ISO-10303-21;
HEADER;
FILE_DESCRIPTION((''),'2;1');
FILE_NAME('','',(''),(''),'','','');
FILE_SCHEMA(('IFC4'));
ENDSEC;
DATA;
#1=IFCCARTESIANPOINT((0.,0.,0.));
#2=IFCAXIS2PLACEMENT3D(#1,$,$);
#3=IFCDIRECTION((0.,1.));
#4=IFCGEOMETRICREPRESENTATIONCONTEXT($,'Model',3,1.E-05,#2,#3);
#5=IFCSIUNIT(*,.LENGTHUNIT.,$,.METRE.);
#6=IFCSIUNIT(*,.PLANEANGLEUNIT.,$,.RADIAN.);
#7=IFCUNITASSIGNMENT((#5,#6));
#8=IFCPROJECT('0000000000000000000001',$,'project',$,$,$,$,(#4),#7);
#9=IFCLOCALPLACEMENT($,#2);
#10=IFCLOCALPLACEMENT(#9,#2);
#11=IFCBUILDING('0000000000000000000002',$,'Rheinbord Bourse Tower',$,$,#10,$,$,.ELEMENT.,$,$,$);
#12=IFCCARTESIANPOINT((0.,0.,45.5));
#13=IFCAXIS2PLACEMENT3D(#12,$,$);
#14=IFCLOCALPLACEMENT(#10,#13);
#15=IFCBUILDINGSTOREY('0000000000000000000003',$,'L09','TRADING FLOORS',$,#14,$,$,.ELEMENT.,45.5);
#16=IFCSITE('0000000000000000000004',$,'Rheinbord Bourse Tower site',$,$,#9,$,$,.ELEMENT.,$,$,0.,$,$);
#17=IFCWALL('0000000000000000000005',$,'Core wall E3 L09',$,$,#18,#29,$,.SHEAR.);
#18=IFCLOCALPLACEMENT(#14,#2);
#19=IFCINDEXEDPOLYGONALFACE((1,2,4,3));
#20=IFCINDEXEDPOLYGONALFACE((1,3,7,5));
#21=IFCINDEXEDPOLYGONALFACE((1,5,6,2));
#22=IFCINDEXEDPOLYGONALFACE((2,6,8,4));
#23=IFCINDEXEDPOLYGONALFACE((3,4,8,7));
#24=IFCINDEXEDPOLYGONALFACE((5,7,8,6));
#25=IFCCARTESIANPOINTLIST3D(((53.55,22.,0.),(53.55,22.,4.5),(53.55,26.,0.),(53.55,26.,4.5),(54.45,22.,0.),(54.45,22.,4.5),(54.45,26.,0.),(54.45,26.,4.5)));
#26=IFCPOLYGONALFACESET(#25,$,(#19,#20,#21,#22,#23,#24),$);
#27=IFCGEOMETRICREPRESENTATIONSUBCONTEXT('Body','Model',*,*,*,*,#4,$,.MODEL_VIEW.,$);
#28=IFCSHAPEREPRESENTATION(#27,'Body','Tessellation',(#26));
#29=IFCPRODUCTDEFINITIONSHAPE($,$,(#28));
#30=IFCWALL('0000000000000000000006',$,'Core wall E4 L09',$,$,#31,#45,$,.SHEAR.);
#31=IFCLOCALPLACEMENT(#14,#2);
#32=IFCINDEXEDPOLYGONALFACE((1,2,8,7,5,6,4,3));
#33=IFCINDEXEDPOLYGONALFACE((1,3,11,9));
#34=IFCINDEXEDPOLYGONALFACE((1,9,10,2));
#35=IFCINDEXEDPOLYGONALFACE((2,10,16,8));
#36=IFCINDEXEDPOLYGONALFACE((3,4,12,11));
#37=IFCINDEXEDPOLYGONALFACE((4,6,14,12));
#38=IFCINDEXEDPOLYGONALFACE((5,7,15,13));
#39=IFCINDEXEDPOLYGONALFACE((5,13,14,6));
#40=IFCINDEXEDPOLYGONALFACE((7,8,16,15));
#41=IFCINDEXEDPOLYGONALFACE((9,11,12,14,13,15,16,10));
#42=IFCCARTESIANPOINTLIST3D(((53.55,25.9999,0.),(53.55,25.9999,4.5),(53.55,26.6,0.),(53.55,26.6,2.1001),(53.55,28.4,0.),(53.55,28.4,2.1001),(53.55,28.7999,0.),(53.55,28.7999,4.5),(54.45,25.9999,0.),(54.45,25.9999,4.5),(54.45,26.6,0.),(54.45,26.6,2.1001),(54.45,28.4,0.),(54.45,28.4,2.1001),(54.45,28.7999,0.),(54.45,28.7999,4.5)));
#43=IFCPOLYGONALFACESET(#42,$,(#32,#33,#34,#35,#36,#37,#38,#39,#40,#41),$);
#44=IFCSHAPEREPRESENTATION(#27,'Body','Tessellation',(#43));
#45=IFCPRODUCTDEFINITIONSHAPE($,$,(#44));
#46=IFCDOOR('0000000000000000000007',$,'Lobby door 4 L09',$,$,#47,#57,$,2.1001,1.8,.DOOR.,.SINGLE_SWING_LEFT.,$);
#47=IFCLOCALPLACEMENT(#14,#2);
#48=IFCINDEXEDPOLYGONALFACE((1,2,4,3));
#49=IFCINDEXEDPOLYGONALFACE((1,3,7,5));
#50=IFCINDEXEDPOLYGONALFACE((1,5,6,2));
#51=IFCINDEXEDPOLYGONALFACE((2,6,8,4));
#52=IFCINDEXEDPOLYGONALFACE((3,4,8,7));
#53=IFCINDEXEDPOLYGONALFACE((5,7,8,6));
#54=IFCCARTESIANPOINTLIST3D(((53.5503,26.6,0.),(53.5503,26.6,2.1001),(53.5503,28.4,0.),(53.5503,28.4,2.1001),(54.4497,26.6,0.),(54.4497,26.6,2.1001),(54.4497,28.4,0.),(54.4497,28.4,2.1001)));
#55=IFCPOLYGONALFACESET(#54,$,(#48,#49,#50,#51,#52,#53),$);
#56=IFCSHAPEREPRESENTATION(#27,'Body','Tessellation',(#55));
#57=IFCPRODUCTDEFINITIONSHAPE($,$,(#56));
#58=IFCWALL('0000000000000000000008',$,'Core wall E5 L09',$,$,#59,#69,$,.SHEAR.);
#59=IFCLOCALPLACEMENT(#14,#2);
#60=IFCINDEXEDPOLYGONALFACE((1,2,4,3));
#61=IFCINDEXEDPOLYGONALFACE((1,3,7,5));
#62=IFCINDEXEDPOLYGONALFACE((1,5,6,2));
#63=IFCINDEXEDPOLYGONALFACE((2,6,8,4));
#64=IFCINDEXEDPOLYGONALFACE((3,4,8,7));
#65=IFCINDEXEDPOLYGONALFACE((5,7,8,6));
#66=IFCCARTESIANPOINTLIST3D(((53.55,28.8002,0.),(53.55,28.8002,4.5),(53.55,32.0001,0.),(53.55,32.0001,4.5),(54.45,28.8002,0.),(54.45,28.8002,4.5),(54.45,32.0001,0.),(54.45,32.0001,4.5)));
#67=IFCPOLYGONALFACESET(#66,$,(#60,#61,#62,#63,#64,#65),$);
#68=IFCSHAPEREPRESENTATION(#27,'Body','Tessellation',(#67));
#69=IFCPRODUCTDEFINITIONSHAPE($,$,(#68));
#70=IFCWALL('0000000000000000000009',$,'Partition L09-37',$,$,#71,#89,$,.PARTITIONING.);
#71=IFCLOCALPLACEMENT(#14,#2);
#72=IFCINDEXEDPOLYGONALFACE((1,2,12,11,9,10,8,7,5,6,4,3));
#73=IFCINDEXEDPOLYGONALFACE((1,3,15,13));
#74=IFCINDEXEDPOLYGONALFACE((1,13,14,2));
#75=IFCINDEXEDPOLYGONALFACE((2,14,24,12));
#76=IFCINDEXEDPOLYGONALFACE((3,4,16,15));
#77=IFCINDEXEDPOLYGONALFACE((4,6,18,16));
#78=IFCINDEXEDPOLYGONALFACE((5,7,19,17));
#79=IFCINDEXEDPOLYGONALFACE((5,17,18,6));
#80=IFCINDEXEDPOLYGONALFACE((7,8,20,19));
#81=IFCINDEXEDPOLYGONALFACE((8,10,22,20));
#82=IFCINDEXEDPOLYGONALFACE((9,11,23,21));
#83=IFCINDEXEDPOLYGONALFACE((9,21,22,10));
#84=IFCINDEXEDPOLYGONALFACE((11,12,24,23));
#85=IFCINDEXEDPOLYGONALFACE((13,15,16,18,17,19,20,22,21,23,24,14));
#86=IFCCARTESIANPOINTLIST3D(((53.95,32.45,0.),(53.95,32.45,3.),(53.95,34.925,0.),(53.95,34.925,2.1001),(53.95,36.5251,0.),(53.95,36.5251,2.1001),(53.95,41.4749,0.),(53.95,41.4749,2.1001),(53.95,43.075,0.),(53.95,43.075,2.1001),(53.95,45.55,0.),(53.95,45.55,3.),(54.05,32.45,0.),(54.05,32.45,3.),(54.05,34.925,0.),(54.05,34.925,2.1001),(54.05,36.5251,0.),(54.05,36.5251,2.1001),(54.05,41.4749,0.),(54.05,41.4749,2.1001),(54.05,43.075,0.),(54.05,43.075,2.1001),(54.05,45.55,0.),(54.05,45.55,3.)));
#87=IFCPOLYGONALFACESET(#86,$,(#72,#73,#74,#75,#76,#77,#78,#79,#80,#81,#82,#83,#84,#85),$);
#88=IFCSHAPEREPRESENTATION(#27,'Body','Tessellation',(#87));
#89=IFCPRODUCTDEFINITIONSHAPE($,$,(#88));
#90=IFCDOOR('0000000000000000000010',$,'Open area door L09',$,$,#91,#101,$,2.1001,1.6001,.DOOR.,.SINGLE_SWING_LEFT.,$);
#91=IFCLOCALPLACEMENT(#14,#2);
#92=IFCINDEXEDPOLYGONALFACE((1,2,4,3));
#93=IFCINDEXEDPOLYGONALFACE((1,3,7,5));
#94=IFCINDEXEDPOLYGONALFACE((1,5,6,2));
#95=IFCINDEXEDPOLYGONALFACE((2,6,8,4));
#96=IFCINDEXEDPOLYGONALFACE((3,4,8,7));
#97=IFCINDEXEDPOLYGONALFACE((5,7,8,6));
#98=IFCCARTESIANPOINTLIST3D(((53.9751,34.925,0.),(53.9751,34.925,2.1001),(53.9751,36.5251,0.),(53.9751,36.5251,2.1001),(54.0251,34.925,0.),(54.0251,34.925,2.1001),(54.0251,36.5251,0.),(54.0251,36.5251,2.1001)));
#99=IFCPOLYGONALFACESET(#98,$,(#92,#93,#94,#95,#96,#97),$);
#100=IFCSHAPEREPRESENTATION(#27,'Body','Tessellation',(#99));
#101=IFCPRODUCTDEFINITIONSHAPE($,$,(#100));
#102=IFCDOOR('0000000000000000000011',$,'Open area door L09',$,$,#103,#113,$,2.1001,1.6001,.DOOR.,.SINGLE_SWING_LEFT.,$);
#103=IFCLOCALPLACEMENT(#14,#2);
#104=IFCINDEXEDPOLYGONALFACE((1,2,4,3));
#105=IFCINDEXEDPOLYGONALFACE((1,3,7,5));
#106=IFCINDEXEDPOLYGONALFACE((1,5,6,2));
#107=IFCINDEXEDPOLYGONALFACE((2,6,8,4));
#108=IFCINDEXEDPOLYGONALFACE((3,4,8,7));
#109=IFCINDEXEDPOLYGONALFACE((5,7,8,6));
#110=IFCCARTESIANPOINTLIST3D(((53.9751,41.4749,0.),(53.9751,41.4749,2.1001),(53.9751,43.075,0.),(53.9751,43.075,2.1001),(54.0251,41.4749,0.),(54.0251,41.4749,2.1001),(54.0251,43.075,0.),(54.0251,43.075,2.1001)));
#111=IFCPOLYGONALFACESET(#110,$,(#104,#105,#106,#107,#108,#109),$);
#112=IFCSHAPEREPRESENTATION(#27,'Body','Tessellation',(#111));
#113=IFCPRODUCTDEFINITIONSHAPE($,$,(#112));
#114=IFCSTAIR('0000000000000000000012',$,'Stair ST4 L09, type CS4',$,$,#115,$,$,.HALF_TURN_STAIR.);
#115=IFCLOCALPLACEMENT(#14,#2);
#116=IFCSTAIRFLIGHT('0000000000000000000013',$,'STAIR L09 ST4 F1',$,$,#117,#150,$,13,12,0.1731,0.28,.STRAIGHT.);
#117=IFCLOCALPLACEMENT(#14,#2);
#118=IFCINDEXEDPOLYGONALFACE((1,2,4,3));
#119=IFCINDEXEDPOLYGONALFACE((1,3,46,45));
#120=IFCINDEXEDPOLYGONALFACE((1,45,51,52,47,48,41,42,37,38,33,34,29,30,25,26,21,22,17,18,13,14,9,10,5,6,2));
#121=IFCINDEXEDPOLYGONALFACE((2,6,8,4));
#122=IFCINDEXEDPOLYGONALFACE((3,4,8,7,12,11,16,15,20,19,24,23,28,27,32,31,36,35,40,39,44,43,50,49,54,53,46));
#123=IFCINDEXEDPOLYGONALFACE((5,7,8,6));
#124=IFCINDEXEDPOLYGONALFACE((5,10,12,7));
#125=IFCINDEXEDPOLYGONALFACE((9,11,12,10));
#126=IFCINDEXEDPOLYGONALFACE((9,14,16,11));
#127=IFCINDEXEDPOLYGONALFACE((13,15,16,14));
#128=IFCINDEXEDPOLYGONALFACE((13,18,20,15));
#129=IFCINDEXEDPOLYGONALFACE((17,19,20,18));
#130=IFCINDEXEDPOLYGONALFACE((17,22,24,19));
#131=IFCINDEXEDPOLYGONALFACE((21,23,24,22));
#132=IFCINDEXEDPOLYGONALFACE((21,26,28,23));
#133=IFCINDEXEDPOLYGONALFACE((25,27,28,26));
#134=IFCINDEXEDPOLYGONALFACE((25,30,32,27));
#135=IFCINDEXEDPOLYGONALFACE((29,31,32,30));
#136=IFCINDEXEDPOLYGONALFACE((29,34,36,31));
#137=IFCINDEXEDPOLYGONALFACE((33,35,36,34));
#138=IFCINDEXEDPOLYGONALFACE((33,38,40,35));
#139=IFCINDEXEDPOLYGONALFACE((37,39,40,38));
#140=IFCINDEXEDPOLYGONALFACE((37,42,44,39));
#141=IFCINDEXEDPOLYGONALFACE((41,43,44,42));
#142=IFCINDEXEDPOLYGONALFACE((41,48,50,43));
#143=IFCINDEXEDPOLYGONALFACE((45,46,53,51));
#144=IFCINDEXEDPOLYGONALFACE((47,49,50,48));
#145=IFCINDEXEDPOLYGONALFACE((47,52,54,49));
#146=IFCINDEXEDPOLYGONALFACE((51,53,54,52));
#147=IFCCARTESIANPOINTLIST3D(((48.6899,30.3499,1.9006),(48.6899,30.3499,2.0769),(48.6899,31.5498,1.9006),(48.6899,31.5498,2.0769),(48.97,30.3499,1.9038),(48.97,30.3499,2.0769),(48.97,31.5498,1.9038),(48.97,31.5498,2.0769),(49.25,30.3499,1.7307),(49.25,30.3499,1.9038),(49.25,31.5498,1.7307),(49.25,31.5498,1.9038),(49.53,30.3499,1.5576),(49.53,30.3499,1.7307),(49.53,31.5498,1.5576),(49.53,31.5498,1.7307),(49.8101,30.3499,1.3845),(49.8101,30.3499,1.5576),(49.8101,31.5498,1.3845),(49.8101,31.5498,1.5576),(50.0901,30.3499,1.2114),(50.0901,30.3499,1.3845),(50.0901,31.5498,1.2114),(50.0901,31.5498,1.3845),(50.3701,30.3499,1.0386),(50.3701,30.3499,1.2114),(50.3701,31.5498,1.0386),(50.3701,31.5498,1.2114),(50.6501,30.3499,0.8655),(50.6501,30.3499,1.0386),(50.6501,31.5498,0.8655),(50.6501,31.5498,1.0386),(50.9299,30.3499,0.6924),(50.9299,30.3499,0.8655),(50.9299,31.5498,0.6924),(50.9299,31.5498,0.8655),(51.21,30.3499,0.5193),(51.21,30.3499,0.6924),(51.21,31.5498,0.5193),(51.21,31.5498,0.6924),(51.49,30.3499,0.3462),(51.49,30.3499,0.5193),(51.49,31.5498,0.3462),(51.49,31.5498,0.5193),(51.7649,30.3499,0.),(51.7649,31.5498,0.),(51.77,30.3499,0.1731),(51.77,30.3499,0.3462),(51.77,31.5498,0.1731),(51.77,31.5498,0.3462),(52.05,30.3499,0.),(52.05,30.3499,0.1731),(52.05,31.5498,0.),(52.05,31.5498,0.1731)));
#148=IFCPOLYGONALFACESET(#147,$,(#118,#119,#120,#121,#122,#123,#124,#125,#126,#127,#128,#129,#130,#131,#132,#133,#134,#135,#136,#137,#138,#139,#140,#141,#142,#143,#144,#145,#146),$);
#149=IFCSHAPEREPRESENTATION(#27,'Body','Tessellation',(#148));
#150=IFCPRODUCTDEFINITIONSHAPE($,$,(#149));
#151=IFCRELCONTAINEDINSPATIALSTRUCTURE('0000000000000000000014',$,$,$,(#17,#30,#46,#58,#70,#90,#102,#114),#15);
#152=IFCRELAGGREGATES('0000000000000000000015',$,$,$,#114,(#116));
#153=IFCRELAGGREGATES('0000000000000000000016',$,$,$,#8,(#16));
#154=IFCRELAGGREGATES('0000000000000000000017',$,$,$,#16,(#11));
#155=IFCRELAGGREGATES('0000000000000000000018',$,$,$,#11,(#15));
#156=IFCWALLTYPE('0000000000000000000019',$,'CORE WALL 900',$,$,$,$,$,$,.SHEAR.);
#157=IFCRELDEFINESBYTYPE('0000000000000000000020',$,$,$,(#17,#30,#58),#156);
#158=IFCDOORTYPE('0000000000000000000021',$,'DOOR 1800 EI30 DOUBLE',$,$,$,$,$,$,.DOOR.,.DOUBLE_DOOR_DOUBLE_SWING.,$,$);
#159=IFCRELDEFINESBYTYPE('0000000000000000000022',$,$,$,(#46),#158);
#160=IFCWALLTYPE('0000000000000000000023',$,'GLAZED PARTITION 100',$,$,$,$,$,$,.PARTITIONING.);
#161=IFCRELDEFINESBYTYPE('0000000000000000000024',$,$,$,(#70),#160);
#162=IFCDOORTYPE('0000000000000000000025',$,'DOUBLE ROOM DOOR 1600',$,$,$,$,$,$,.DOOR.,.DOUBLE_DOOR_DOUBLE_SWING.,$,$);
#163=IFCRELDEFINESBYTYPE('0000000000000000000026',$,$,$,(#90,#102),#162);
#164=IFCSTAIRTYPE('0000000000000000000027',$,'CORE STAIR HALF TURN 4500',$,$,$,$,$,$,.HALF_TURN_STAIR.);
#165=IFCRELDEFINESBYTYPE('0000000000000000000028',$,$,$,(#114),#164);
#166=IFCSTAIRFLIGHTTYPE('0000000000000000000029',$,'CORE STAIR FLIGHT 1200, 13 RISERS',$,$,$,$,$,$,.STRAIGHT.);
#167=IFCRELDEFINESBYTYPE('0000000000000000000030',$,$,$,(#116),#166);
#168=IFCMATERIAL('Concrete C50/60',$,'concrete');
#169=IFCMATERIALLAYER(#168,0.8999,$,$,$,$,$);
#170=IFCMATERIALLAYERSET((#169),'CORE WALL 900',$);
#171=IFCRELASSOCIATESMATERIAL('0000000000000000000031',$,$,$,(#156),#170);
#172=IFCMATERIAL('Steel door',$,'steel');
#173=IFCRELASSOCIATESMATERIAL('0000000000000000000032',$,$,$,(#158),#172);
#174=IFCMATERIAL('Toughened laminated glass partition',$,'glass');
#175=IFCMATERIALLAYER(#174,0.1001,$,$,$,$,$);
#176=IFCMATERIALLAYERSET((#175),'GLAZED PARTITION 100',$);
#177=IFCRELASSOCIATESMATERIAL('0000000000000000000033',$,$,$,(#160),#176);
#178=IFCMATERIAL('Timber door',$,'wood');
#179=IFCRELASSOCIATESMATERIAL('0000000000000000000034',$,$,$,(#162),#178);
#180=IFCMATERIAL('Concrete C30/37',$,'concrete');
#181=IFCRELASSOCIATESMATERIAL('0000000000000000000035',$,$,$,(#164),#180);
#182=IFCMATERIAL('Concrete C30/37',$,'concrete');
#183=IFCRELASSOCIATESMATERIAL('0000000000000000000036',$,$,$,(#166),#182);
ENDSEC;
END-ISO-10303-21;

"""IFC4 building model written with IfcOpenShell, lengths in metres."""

from ifc_helpers import new_model, si_unit, direction, frame, frame_2d, origin, place, context, subcontext, project, spatial, polyline, rectangle, outline, extrude, material, layer, layer_set, type_object, element, fill, aggregate, save


model = new_model("IFC4")

# Units and contexts
model_context = context("Model", 3, precision=1e-05, world=origin(), true_north=direction((0.0, 1.0)))
body_context = subcontext(model_context, "Body", "Model", "MODEL_VIEW")
ifc_project = project(units=[si_unit("LENGTHUNIT", "METRE"), si_unit("PLANEANGLEUNIT", "RADIAN")], contexts=[model_context])

# Site, building, storey
site_placement = place(None, origin())
site = spatial("IfcSite", under=ifc_project, at=site_placement, Name="Rheinbord Bourse Tower site", CompositionType="ELEMENT", RefElevation=0.0)
building_placement = place(site_placement, origin())
building = spatial("IfcBuilding", under=site, at=building_placement, Name="Rheinbord Bourse Tower", CompositionType="ELEMENT")
storey_placement = place(building_placement, frame((0.0, 0.0, 45.5)))
storey = spatial("IfcBuildingStorey", under=building, at=storey_placement, Name="L09", Description="TRADING FLOORS", CompositionType="ELEMENT", Elevation=45.5)

# Wall
ifc_material_1 = material(Name="Concrete C50/60", Category="concrete")
ifc_layer_1 = layer(ifc_material_1, 0.8999)
ifc_layer_set_1 = layer_set([ifc_layer_1], Name="CORE WALL 900")
wall_type_1 = type_object("IfcWallType", Name="CORE WALL 900", PredefinedType="SHEAR", material=ifc_layer_set_1)
wall_1_placement = place(storey_placement, frame((54.0, 22.0, 0.0), z_axis=(0.0, 0.0, 1.0), x_axis=(0.0, 1.0, 0.0)))
element("IfcWall", 1, at=wall_1_placement, inside=storey, type_object=wall_type_1, Name="Core wall E3 L09", PredefinedType="SHEAR", context=body_context, shape_type="SweptSolid", body=[
    extrude(rectangle(XDim=4.0, YDim=0.8999, at=frame_2d((2.0, 0.0))), origin(), (0.0, 0.0, 1.0), 4.5),
])

# Wall, opening, door
wall_2_placement = place(storey_placement, frame((54.0, 26.0, 0.0), z_axis=(0.0, 0.0, 1.0), x_axis=(0.0, 1.0, 0.0)))
wall_2 = element("IfcWall", 2, at=wall_2_placement, inside=storey, type_object=wall_type_1, Name="Core wall E4 L09", PredefinedType="SHEAR", context=body_context, shape_type="SweptSolid", body=[
    extrude(rectangle(XDim=2.8, YDim=0.8999, at=frame_2d((1.3999, 0.0))), origin(), (0.0, 0.0, 1.0), 4.5),
])
opening_1_placement = place(wall_2_placement, frame((0.6001, 0.0, 0.0)))
opening_1 = element("IfcOpeningElement", 3, at=opening_1_placement, cuts=wall_2, PredefinedType="OPENING", context=body_context, shape_type="SweptSolid", body=[
    extrude(rectangle(XDim=1.8, YDim=2.1001, at=frame_2d((0.8999, 1.05))), frame((0.0, 0.46, 0.0), z_axis=(0.0, -1.0, 0.0), x_axis=(1.0, 0.0, 0.0)), (0.0, 0.0, 1.0), 0.9199),
])
ifc_material_2 = material(Name="Steel door", Category="steel")
door_type_1 = type_object("IfcDoorType", Name="DOOR 1800 EI30 DOUBLE", OperationType="DOUBLE_DOOR_DOUBLE_SWING", PredefinedType="DOOR", material=ifc_material_2)
door_1_placement = place(opening_1_placement, origin())
door_1 = element("IfcDoor", 4, at=door_1_placement, inside=storey, type_object=door_type_1, Name="Lobby door 4 L09", OperationType="SINGLE_SWING_LEFT", OverallHeight=2.1001, OverallWidth=1.8, PredefinedType="DOOR", context=body_context, shape_type="SweptSolid", body=[
    extrude(rectangle(XDim=1.8, YDim=2.1001, at=frame_2d((0.8999, 1.05))), frame((0.0, 0.4497, 0.0), z_axis=(0.0, -1.0, 0.0), x_axis=(1.0, 0.0, 0.0)), (0.0, 0.0, 1.0), 0.8994),
])
fill(opening_1, door_1)

# Wall
wall_3_placement = place(storey_placement, frame((54.0, 28.8, 0.0), z_axis=(0.0, 0.0, 1.0), x_axis=(0.0, 1.0, 0.0)))
element("IfcWall", 5, at=wall_3_placement, inside=storey, type_object=wall_type_1, Name="Core wall E5 L09", PredefinedType="SHEAR", context=body_context, shape_type="SweptSolid", body=[
    extrude(rectangle(XDim=3.2, YDim=0.8999, at=frame_2d((1.6001, 0.0))), origin(), (0.0, 0.0, 1.0), 4.5),
])

# Wall, openings, doors
ifc_material_3 = material(Name="Toughened laminated glass partition", Category="glass")
ifc_layer_2 = layer(ifc_material_3, 0.1001)
ifc_layer_set_2 = layer_set([ifc_layer_2], Name="GLAZED PARTITION 100")
wall_type_2 = type_object("IfcWallType", Name="GLAZED PARTITION 100", PredefinedType="PARTITIONING", material=ifc_layer_set_2)
wall_4_placement = place(storey_placement, frame((54.0, 32.45, 0.0), z_axis=(0.0, 0.0, 1.0), x_axis=(0.0, 1.0, 0.0)))
wall_4 = element("IfcWall", 6, at=wall_4_placement, inside=storey, type_object=wall_type_2, Name="Partition L09-37", PredefinedType="PARTITIONING", context=body_context, shape_type="SweptSolid", body=[
    extrude(rectangle(XDim=13.1001, YDim=0.1001, at=frame_2d((6.55, 0.0))), origin(), (0.0, 0.0, 1.0), 3.0),
])
opening_2_placement = place(wall_4_placement, frame((2.4751, 0.0, 0.0)))
opening_2 = element("IfcOpeningElement", 7, at=opening_2_placement, cuts=wall_4, PredefinedType="OPENING", context=body_context, shape_type="SweptSolid", body=[
    extrude(rectangle(XDim=1.6001, YDim=2.1001, at=frame_2d((0.8, 1.05))), frame((0.0, 0.0601, 0.0), z_axis=(0.0, -1.0, 0.0), x_axis=(1.0, 0.0, 0.0)), (0.0, 0.0, 1.0), 0.1201),
])
opening_3_placement = place(wall_4_placement, frame((9.0249, 0.0, 0.0)))
opening_3 = element("IfcOpeningElement", 8, at=opening_3_placement, cuts=wall_4, PredefinedType="OPENING", context=body_context, shape_type="SweptSolid", body=[
    extrude(rectangle(XDim=1.6001, YDim=2.1001, at=frame_2d((0.8, 1.05))), frame((0.0, 0.0601, 0.0), z_axis=(0.0, -1.0, 0.0), x_axis=(1.0, 0.0, 0.0)), (0.0, 0.0, 1.0), 0.1201),
])
ifc_material_4 = material(Name="Timber door", Category="wood")
door_type_2 = type_object("IfcDoorType", Name="DOUBLE ROOM DOOR 1600", OperationType="DOUBLE_DOOR_DOUBLE_SWING", PredefinedType="DOOR", material=ifc_material_4)
door_2_placement = place(opening_2_placement, origin())
door_2 = element("IfcDoor", 9, at=door_2_placement, inside=storey, type_object=door_type_2, Name="Open area door L09", OperationType="SINGLE_SWING_LEFT", OverallHeight=2.1001, OverallWidth=1.6001, PredefinedType="DOOR", context=body_context, shape_type="SweptSolid", body=[
    extrude(rectangle(XDim=1.6001, YDim=2.1001, at=frame_2d((0.8, 1.05))), frame((0.0, 0.0249, 0.0), z_axis=(0.0, -1.0, 0.0), x_axis=(1.0, 0.0, 0.0)), (0.0, 0.0, 1.0), 0.05),
])
fill(opening_2, door_2)
door_3_placement = place(opening_3_placement, origin())
door_3 = element("IfcDoor", 10, at=door_3_placement, inside=storey, type_object=door_type_2, Name="Open area door L09", OperationType="SINGLE_SWING_LEFT", OverallHeight=2.1001, OverallWidth=1.6001, PredefinedType="DOOR", context=body_context, shape_type="SweptSolid", body=[
    extrude(rectangle(XDim=1.6001, YDim=2.1001, at=frame_2d((0.8, 1.05))), frame((0.0, 0.0249, 0.0), z_axis=(0.0, -1.0, 0.0), x_axis=(1.0, 0.0, 0.0)), (0.0, 0.0, 1.0), 0.05),
])
fill(opening_3, door_3)

# Stair, stair flight
ifc_material_5 = material(Name="Concrete C30/37", Category="concrete")
stair_type = type_object("IfcStairType", Name="CORE STAIR HALF TURN 4500", PredefinedType="HALF_TURN_STAIR", material=ifc_material_5)
stair_placement = place(storey_placement, origin())
stair = element("IfcStair", 11, at=stair_placement, inside=storey, type_object=stair_type, Name="Stair ST4 L09, type CS4", PredefinedType="HALF_TURN_STAIR")
ifc_material_6 = material(Name="Concrete C30/37", Category="concrete")
stair_flight_type = type_object("IfcStairFlightType", Name="CORE STAIR FLIGHT 1200, 13 RISERS", PredefinedType="STRAIGHT", material=ifc_material_6)
stair_flight_1_placement = place(storey_placement, frame((52.05, 30.95, 0.0), z_axis=(0.0, 0.0, 1.0), x_axis=(-1.0, 0.0, 0.0)))
stair_flight_1 = element("IfcStairFlight", 12, at=stair_flight_1_placement, type_object=stair_flight_type, Name="STAIR L09 ST4 F1", NumberOfRisers=13, NumberOfTreads=12, PredefinedType="STRAIGHT", RiserHeight=0.1731, TreadLength=0.28, context=body_context, shape_type="SweptSolid", body=[
    extrude(outline(polyline([(0.0, 0.0), (0.0, 0.1731), (0.28, 0.1731), (0.28, 0.3462), (0.5601, 0.3462), (0.5601, 0.5193), (0.8401, 0.5193), (0.8401, 0.6924), (1.1201, 0.6924), (1.1201, 0.8655), (1.3999, 0.8655), (1.3999, 1.0386), (1.6799, 1.0386), (1.6799, 1.2114), (1.96, 1.2114), (1.96, 1.3845), (2.24, 1.3845), (2.24, 1.5576), (2.52, 1.5576), (2.52, 1.7307), (2.8, 1.7307), (2.8, 1.9038), (3.0801, 1.9038), (3.0801, 2.0769), (3.3601, 2.0769), (3.3601, 2.25), (3.3601, 1.9006), (0.2852, 0.0), (0.0, 0.0)])), frame((0.0, 0.6001, 0.0), z_axis=(0.0, -1.0, 0.0), x_axis=(1.0, 0.0, 0.0)), (0.0, 0.0, 1.0), 1.2),
])
aggregate(stair, [stair_flight_1])

save(model, "model.ifc")
